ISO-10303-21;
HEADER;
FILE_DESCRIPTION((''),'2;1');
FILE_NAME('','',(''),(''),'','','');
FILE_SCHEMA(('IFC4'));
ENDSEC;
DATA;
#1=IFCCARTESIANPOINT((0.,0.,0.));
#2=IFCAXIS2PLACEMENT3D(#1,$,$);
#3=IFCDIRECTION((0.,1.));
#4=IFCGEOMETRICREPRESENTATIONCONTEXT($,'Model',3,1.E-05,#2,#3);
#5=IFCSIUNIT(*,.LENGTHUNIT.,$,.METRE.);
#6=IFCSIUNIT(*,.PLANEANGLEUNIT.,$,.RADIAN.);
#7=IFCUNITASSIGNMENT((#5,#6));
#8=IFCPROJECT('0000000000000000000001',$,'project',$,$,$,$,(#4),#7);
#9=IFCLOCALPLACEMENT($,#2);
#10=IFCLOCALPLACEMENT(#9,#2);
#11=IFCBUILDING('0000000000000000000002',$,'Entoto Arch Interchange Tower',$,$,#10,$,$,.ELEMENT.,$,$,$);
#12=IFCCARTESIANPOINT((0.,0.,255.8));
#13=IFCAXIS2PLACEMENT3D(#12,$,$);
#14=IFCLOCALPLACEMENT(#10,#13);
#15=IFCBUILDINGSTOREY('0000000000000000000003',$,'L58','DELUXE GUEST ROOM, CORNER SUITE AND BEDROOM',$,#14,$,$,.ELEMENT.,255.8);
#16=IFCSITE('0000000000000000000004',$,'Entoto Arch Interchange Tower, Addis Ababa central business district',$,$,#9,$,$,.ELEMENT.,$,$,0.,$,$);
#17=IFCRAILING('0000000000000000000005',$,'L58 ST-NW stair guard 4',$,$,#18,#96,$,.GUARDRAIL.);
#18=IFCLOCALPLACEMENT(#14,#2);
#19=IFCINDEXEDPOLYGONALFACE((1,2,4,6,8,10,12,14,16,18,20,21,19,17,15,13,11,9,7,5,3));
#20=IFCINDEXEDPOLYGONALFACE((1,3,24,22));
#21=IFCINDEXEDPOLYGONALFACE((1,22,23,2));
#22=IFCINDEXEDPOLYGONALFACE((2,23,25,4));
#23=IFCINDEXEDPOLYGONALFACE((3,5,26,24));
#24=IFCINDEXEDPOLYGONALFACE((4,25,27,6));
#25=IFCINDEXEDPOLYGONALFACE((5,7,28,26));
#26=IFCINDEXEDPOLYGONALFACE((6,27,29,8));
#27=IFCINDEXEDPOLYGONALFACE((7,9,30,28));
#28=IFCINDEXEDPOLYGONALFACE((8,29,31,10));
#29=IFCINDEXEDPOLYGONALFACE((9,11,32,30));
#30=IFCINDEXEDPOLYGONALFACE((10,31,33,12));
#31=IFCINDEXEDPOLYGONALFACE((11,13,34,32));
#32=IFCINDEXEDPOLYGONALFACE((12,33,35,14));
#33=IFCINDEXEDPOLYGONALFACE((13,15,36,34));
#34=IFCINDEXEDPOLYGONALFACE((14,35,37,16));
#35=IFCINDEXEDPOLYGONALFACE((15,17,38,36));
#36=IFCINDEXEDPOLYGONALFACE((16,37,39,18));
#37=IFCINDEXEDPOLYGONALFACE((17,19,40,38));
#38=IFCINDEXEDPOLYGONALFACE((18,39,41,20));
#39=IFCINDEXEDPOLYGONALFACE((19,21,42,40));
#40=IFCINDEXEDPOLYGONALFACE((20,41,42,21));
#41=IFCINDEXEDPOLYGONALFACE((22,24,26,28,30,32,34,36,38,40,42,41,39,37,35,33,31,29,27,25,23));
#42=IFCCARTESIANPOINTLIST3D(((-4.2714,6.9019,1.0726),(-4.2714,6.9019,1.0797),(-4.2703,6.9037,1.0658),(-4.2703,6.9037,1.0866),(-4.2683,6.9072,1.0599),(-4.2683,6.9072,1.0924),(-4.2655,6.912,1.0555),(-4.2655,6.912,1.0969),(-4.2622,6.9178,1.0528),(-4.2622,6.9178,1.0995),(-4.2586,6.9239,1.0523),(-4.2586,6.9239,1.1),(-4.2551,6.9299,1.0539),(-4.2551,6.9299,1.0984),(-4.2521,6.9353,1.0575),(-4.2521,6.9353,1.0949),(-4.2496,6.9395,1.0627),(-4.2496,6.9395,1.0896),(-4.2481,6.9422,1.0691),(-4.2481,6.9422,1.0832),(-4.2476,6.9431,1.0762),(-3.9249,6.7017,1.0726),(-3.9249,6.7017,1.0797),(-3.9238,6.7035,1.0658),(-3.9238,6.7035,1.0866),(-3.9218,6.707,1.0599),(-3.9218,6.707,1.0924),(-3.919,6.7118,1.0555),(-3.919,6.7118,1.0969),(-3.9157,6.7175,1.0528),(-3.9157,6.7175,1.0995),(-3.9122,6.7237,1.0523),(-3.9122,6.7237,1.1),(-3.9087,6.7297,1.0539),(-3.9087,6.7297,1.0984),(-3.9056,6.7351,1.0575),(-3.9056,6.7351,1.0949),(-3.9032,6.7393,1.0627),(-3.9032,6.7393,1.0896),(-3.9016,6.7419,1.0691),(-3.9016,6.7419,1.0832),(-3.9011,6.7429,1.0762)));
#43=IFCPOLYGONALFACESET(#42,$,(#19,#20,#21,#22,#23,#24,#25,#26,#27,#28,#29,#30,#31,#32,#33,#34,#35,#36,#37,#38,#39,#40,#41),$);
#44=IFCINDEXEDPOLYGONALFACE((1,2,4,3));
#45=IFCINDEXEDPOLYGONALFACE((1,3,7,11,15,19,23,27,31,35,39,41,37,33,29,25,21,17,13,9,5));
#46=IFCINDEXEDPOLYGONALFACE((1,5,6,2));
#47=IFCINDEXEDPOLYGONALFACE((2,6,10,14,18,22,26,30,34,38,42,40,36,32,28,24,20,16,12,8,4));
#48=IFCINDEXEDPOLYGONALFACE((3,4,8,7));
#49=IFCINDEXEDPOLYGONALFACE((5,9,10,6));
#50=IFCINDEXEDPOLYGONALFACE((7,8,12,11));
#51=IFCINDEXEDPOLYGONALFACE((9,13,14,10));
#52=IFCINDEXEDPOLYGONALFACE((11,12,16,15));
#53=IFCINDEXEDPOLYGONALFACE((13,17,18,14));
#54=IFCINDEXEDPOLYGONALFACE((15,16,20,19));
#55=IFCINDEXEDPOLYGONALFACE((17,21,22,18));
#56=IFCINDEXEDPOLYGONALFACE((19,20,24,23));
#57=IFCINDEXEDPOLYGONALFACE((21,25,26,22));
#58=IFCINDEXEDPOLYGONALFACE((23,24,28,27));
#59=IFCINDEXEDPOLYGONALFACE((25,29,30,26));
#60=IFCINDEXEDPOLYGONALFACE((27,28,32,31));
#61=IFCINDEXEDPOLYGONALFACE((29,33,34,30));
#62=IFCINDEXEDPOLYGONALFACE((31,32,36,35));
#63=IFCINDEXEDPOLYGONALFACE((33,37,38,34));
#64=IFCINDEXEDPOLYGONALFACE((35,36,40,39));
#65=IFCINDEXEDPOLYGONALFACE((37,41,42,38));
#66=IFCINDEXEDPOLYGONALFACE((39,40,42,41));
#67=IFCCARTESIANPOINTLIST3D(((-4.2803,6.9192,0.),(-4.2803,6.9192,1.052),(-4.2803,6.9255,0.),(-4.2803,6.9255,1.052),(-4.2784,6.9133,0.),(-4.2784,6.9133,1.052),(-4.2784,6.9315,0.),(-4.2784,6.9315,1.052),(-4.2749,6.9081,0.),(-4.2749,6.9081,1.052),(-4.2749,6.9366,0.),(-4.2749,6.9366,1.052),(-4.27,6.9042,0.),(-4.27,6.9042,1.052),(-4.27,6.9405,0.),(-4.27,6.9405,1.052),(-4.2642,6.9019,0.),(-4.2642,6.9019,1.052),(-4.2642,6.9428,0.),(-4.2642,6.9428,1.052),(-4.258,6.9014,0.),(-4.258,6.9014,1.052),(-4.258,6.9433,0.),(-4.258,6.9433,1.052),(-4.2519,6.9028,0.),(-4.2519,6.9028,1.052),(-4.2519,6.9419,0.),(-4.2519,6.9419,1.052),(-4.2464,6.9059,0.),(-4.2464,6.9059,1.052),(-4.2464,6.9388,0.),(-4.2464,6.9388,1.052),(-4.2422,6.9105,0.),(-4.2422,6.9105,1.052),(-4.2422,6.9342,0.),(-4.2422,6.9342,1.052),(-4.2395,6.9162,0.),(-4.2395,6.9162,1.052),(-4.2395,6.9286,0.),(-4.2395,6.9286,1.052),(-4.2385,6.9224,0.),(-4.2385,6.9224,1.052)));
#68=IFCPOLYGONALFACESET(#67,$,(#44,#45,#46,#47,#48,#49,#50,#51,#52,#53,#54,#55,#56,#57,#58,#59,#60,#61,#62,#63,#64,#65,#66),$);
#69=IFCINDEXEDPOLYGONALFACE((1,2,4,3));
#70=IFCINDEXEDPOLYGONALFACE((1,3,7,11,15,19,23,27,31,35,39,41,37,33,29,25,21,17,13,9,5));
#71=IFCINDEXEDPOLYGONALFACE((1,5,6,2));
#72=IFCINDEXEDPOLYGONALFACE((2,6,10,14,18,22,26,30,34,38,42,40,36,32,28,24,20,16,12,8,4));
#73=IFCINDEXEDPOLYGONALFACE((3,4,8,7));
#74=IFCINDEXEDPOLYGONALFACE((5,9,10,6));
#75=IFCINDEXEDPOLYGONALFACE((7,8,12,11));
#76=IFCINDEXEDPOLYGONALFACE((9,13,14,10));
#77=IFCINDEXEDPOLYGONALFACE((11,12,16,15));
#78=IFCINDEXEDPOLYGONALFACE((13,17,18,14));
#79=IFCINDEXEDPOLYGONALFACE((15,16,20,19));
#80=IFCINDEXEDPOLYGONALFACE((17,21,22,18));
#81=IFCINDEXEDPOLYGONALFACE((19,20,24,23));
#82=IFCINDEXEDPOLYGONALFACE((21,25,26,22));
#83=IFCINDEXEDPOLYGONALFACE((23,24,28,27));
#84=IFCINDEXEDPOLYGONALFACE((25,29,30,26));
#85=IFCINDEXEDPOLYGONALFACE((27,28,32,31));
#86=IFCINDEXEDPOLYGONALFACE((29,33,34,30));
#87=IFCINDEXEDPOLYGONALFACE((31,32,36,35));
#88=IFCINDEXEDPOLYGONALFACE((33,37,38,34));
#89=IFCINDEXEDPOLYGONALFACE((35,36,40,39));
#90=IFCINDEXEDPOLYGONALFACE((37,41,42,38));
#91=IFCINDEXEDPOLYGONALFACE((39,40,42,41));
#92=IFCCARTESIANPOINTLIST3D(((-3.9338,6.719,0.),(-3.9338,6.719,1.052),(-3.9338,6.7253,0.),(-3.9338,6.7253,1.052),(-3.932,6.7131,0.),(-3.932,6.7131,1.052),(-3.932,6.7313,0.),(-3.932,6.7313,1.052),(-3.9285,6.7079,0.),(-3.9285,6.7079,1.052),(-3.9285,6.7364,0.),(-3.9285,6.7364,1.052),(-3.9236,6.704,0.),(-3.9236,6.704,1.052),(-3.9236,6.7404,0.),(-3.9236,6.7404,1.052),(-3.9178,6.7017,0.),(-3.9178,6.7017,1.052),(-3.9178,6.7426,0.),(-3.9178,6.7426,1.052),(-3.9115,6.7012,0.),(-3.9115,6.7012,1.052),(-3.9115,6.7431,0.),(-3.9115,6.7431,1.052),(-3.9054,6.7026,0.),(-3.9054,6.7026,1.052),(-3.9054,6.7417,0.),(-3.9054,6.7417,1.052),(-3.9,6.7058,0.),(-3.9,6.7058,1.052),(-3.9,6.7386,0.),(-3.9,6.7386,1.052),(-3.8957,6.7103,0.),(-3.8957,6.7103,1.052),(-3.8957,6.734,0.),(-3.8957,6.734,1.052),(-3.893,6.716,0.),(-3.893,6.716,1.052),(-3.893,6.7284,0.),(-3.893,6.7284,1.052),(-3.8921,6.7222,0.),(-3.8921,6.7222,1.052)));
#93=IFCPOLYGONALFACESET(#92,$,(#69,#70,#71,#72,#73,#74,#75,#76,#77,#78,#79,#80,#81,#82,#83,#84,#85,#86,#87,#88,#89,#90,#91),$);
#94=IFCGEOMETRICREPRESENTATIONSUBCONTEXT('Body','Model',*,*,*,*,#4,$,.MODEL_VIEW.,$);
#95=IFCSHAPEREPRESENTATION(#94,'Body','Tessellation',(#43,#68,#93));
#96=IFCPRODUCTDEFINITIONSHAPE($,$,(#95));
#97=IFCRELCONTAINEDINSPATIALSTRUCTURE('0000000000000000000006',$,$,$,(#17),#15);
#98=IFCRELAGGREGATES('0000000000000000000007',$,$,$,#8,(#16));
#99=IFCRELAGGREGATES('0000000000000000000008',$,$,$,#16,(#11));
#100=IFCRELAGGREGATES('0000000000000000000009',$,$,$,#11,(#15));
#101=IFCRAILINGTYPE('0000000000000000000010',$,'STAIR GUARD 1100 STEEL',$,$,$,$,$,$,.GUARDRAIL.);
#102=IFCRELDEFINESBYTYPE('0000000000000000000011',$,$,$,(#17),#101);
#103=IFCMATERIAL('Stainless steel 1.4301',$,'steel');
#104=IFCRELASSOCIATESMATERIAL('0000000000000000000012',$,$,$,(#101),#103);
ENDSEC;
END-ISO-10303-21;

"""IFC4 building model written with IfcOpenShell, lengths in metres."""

from ifc_helpers import new_model, si_unit, direction, frame, origin, origin_2d, place, context, subcontext, project, spatial, circle, extrude, material, type_object, element, save


model = new_model("IFC4")

# Units and contexts
model_context = context("Model", 3, precision=1e-05, world=origin(), true_north=direction((0.0, 1.0)))
body_context = subcontext(model_context, "Body", "Model", "MODEL_VIEW")
ifc_project = project(units=[si_unit("LENGTHUNIT", "METRE"), si_unit("PLANEANGLEUNIT", "RADIAN")], contexts=[model_context])

# Site, building, storey
site_placement = place(None, origin())
site = spatial("IfcSite", under=ifc_project, at=site_placement, Name="Entoto Arch Interchange Tower, Addis Ababa central business district", CompositionType="ELEMENT", RefElevation=0.0)
building_placement = place(site_placement, origin())
building = spatial("IfcBuilding", under=site, at=building_placement, Name="Entoto Arch Interchange Tower", CompositionType="ELEMENT")
storey_placement = place(building_placement, frame((0.0, 0.0, 255.8)))
storey = spatial("IfcBuildingStorey", under=building, at=storey_placement, Name="L58", Description="DELUXE GUEST ROOM, CORNER SUITE AND BEDROOM", CompositionType="ELEMENT", Elevation=255.8)

# Railing
ifc_material_1 = material(Name="Stainless steel 1.4301", Category="steel")
railing_type_1 = type_object("IfcRailingType", Name="STAIR GUARD 1100 STEEL", PredefinedType="GUARDRAIL", material=ifc_material_1)
railing_1_placement = place(storey_placement, frame((-4.2595, 6.9224, 0.0)))
element("IfcRailing", 1, at=railing_1_placement, inside=storey, type_object=railing_type_1, Name="L58 ST-NW stair guard 4", PredefinedType="GUARDRAIL", context=body_context, shape_type="SweptSolid", body=[
    extrude(circle(Radius=0.0239, at=origin_2d()), frame((0.0, 0.0, 1.0762), z_axis=(0.86583, -0.500339, 0.0), x_axis=(0.500339, 0.86583, 0.0)), (0.0, 0.0, 1.0), 0.4001),
    extrude(circle(Radius=0.021, at=origin_2d()), origin(), (0.0, 0.0, 1.0), 1.052),
    extrude(circle(Radius=0.021, at=origin_2d()), frame((0.3464, -0.2002, 0.0)), (0.0, 0.0, 1.0), 1.052),
])

save(model, "model.ifc")
